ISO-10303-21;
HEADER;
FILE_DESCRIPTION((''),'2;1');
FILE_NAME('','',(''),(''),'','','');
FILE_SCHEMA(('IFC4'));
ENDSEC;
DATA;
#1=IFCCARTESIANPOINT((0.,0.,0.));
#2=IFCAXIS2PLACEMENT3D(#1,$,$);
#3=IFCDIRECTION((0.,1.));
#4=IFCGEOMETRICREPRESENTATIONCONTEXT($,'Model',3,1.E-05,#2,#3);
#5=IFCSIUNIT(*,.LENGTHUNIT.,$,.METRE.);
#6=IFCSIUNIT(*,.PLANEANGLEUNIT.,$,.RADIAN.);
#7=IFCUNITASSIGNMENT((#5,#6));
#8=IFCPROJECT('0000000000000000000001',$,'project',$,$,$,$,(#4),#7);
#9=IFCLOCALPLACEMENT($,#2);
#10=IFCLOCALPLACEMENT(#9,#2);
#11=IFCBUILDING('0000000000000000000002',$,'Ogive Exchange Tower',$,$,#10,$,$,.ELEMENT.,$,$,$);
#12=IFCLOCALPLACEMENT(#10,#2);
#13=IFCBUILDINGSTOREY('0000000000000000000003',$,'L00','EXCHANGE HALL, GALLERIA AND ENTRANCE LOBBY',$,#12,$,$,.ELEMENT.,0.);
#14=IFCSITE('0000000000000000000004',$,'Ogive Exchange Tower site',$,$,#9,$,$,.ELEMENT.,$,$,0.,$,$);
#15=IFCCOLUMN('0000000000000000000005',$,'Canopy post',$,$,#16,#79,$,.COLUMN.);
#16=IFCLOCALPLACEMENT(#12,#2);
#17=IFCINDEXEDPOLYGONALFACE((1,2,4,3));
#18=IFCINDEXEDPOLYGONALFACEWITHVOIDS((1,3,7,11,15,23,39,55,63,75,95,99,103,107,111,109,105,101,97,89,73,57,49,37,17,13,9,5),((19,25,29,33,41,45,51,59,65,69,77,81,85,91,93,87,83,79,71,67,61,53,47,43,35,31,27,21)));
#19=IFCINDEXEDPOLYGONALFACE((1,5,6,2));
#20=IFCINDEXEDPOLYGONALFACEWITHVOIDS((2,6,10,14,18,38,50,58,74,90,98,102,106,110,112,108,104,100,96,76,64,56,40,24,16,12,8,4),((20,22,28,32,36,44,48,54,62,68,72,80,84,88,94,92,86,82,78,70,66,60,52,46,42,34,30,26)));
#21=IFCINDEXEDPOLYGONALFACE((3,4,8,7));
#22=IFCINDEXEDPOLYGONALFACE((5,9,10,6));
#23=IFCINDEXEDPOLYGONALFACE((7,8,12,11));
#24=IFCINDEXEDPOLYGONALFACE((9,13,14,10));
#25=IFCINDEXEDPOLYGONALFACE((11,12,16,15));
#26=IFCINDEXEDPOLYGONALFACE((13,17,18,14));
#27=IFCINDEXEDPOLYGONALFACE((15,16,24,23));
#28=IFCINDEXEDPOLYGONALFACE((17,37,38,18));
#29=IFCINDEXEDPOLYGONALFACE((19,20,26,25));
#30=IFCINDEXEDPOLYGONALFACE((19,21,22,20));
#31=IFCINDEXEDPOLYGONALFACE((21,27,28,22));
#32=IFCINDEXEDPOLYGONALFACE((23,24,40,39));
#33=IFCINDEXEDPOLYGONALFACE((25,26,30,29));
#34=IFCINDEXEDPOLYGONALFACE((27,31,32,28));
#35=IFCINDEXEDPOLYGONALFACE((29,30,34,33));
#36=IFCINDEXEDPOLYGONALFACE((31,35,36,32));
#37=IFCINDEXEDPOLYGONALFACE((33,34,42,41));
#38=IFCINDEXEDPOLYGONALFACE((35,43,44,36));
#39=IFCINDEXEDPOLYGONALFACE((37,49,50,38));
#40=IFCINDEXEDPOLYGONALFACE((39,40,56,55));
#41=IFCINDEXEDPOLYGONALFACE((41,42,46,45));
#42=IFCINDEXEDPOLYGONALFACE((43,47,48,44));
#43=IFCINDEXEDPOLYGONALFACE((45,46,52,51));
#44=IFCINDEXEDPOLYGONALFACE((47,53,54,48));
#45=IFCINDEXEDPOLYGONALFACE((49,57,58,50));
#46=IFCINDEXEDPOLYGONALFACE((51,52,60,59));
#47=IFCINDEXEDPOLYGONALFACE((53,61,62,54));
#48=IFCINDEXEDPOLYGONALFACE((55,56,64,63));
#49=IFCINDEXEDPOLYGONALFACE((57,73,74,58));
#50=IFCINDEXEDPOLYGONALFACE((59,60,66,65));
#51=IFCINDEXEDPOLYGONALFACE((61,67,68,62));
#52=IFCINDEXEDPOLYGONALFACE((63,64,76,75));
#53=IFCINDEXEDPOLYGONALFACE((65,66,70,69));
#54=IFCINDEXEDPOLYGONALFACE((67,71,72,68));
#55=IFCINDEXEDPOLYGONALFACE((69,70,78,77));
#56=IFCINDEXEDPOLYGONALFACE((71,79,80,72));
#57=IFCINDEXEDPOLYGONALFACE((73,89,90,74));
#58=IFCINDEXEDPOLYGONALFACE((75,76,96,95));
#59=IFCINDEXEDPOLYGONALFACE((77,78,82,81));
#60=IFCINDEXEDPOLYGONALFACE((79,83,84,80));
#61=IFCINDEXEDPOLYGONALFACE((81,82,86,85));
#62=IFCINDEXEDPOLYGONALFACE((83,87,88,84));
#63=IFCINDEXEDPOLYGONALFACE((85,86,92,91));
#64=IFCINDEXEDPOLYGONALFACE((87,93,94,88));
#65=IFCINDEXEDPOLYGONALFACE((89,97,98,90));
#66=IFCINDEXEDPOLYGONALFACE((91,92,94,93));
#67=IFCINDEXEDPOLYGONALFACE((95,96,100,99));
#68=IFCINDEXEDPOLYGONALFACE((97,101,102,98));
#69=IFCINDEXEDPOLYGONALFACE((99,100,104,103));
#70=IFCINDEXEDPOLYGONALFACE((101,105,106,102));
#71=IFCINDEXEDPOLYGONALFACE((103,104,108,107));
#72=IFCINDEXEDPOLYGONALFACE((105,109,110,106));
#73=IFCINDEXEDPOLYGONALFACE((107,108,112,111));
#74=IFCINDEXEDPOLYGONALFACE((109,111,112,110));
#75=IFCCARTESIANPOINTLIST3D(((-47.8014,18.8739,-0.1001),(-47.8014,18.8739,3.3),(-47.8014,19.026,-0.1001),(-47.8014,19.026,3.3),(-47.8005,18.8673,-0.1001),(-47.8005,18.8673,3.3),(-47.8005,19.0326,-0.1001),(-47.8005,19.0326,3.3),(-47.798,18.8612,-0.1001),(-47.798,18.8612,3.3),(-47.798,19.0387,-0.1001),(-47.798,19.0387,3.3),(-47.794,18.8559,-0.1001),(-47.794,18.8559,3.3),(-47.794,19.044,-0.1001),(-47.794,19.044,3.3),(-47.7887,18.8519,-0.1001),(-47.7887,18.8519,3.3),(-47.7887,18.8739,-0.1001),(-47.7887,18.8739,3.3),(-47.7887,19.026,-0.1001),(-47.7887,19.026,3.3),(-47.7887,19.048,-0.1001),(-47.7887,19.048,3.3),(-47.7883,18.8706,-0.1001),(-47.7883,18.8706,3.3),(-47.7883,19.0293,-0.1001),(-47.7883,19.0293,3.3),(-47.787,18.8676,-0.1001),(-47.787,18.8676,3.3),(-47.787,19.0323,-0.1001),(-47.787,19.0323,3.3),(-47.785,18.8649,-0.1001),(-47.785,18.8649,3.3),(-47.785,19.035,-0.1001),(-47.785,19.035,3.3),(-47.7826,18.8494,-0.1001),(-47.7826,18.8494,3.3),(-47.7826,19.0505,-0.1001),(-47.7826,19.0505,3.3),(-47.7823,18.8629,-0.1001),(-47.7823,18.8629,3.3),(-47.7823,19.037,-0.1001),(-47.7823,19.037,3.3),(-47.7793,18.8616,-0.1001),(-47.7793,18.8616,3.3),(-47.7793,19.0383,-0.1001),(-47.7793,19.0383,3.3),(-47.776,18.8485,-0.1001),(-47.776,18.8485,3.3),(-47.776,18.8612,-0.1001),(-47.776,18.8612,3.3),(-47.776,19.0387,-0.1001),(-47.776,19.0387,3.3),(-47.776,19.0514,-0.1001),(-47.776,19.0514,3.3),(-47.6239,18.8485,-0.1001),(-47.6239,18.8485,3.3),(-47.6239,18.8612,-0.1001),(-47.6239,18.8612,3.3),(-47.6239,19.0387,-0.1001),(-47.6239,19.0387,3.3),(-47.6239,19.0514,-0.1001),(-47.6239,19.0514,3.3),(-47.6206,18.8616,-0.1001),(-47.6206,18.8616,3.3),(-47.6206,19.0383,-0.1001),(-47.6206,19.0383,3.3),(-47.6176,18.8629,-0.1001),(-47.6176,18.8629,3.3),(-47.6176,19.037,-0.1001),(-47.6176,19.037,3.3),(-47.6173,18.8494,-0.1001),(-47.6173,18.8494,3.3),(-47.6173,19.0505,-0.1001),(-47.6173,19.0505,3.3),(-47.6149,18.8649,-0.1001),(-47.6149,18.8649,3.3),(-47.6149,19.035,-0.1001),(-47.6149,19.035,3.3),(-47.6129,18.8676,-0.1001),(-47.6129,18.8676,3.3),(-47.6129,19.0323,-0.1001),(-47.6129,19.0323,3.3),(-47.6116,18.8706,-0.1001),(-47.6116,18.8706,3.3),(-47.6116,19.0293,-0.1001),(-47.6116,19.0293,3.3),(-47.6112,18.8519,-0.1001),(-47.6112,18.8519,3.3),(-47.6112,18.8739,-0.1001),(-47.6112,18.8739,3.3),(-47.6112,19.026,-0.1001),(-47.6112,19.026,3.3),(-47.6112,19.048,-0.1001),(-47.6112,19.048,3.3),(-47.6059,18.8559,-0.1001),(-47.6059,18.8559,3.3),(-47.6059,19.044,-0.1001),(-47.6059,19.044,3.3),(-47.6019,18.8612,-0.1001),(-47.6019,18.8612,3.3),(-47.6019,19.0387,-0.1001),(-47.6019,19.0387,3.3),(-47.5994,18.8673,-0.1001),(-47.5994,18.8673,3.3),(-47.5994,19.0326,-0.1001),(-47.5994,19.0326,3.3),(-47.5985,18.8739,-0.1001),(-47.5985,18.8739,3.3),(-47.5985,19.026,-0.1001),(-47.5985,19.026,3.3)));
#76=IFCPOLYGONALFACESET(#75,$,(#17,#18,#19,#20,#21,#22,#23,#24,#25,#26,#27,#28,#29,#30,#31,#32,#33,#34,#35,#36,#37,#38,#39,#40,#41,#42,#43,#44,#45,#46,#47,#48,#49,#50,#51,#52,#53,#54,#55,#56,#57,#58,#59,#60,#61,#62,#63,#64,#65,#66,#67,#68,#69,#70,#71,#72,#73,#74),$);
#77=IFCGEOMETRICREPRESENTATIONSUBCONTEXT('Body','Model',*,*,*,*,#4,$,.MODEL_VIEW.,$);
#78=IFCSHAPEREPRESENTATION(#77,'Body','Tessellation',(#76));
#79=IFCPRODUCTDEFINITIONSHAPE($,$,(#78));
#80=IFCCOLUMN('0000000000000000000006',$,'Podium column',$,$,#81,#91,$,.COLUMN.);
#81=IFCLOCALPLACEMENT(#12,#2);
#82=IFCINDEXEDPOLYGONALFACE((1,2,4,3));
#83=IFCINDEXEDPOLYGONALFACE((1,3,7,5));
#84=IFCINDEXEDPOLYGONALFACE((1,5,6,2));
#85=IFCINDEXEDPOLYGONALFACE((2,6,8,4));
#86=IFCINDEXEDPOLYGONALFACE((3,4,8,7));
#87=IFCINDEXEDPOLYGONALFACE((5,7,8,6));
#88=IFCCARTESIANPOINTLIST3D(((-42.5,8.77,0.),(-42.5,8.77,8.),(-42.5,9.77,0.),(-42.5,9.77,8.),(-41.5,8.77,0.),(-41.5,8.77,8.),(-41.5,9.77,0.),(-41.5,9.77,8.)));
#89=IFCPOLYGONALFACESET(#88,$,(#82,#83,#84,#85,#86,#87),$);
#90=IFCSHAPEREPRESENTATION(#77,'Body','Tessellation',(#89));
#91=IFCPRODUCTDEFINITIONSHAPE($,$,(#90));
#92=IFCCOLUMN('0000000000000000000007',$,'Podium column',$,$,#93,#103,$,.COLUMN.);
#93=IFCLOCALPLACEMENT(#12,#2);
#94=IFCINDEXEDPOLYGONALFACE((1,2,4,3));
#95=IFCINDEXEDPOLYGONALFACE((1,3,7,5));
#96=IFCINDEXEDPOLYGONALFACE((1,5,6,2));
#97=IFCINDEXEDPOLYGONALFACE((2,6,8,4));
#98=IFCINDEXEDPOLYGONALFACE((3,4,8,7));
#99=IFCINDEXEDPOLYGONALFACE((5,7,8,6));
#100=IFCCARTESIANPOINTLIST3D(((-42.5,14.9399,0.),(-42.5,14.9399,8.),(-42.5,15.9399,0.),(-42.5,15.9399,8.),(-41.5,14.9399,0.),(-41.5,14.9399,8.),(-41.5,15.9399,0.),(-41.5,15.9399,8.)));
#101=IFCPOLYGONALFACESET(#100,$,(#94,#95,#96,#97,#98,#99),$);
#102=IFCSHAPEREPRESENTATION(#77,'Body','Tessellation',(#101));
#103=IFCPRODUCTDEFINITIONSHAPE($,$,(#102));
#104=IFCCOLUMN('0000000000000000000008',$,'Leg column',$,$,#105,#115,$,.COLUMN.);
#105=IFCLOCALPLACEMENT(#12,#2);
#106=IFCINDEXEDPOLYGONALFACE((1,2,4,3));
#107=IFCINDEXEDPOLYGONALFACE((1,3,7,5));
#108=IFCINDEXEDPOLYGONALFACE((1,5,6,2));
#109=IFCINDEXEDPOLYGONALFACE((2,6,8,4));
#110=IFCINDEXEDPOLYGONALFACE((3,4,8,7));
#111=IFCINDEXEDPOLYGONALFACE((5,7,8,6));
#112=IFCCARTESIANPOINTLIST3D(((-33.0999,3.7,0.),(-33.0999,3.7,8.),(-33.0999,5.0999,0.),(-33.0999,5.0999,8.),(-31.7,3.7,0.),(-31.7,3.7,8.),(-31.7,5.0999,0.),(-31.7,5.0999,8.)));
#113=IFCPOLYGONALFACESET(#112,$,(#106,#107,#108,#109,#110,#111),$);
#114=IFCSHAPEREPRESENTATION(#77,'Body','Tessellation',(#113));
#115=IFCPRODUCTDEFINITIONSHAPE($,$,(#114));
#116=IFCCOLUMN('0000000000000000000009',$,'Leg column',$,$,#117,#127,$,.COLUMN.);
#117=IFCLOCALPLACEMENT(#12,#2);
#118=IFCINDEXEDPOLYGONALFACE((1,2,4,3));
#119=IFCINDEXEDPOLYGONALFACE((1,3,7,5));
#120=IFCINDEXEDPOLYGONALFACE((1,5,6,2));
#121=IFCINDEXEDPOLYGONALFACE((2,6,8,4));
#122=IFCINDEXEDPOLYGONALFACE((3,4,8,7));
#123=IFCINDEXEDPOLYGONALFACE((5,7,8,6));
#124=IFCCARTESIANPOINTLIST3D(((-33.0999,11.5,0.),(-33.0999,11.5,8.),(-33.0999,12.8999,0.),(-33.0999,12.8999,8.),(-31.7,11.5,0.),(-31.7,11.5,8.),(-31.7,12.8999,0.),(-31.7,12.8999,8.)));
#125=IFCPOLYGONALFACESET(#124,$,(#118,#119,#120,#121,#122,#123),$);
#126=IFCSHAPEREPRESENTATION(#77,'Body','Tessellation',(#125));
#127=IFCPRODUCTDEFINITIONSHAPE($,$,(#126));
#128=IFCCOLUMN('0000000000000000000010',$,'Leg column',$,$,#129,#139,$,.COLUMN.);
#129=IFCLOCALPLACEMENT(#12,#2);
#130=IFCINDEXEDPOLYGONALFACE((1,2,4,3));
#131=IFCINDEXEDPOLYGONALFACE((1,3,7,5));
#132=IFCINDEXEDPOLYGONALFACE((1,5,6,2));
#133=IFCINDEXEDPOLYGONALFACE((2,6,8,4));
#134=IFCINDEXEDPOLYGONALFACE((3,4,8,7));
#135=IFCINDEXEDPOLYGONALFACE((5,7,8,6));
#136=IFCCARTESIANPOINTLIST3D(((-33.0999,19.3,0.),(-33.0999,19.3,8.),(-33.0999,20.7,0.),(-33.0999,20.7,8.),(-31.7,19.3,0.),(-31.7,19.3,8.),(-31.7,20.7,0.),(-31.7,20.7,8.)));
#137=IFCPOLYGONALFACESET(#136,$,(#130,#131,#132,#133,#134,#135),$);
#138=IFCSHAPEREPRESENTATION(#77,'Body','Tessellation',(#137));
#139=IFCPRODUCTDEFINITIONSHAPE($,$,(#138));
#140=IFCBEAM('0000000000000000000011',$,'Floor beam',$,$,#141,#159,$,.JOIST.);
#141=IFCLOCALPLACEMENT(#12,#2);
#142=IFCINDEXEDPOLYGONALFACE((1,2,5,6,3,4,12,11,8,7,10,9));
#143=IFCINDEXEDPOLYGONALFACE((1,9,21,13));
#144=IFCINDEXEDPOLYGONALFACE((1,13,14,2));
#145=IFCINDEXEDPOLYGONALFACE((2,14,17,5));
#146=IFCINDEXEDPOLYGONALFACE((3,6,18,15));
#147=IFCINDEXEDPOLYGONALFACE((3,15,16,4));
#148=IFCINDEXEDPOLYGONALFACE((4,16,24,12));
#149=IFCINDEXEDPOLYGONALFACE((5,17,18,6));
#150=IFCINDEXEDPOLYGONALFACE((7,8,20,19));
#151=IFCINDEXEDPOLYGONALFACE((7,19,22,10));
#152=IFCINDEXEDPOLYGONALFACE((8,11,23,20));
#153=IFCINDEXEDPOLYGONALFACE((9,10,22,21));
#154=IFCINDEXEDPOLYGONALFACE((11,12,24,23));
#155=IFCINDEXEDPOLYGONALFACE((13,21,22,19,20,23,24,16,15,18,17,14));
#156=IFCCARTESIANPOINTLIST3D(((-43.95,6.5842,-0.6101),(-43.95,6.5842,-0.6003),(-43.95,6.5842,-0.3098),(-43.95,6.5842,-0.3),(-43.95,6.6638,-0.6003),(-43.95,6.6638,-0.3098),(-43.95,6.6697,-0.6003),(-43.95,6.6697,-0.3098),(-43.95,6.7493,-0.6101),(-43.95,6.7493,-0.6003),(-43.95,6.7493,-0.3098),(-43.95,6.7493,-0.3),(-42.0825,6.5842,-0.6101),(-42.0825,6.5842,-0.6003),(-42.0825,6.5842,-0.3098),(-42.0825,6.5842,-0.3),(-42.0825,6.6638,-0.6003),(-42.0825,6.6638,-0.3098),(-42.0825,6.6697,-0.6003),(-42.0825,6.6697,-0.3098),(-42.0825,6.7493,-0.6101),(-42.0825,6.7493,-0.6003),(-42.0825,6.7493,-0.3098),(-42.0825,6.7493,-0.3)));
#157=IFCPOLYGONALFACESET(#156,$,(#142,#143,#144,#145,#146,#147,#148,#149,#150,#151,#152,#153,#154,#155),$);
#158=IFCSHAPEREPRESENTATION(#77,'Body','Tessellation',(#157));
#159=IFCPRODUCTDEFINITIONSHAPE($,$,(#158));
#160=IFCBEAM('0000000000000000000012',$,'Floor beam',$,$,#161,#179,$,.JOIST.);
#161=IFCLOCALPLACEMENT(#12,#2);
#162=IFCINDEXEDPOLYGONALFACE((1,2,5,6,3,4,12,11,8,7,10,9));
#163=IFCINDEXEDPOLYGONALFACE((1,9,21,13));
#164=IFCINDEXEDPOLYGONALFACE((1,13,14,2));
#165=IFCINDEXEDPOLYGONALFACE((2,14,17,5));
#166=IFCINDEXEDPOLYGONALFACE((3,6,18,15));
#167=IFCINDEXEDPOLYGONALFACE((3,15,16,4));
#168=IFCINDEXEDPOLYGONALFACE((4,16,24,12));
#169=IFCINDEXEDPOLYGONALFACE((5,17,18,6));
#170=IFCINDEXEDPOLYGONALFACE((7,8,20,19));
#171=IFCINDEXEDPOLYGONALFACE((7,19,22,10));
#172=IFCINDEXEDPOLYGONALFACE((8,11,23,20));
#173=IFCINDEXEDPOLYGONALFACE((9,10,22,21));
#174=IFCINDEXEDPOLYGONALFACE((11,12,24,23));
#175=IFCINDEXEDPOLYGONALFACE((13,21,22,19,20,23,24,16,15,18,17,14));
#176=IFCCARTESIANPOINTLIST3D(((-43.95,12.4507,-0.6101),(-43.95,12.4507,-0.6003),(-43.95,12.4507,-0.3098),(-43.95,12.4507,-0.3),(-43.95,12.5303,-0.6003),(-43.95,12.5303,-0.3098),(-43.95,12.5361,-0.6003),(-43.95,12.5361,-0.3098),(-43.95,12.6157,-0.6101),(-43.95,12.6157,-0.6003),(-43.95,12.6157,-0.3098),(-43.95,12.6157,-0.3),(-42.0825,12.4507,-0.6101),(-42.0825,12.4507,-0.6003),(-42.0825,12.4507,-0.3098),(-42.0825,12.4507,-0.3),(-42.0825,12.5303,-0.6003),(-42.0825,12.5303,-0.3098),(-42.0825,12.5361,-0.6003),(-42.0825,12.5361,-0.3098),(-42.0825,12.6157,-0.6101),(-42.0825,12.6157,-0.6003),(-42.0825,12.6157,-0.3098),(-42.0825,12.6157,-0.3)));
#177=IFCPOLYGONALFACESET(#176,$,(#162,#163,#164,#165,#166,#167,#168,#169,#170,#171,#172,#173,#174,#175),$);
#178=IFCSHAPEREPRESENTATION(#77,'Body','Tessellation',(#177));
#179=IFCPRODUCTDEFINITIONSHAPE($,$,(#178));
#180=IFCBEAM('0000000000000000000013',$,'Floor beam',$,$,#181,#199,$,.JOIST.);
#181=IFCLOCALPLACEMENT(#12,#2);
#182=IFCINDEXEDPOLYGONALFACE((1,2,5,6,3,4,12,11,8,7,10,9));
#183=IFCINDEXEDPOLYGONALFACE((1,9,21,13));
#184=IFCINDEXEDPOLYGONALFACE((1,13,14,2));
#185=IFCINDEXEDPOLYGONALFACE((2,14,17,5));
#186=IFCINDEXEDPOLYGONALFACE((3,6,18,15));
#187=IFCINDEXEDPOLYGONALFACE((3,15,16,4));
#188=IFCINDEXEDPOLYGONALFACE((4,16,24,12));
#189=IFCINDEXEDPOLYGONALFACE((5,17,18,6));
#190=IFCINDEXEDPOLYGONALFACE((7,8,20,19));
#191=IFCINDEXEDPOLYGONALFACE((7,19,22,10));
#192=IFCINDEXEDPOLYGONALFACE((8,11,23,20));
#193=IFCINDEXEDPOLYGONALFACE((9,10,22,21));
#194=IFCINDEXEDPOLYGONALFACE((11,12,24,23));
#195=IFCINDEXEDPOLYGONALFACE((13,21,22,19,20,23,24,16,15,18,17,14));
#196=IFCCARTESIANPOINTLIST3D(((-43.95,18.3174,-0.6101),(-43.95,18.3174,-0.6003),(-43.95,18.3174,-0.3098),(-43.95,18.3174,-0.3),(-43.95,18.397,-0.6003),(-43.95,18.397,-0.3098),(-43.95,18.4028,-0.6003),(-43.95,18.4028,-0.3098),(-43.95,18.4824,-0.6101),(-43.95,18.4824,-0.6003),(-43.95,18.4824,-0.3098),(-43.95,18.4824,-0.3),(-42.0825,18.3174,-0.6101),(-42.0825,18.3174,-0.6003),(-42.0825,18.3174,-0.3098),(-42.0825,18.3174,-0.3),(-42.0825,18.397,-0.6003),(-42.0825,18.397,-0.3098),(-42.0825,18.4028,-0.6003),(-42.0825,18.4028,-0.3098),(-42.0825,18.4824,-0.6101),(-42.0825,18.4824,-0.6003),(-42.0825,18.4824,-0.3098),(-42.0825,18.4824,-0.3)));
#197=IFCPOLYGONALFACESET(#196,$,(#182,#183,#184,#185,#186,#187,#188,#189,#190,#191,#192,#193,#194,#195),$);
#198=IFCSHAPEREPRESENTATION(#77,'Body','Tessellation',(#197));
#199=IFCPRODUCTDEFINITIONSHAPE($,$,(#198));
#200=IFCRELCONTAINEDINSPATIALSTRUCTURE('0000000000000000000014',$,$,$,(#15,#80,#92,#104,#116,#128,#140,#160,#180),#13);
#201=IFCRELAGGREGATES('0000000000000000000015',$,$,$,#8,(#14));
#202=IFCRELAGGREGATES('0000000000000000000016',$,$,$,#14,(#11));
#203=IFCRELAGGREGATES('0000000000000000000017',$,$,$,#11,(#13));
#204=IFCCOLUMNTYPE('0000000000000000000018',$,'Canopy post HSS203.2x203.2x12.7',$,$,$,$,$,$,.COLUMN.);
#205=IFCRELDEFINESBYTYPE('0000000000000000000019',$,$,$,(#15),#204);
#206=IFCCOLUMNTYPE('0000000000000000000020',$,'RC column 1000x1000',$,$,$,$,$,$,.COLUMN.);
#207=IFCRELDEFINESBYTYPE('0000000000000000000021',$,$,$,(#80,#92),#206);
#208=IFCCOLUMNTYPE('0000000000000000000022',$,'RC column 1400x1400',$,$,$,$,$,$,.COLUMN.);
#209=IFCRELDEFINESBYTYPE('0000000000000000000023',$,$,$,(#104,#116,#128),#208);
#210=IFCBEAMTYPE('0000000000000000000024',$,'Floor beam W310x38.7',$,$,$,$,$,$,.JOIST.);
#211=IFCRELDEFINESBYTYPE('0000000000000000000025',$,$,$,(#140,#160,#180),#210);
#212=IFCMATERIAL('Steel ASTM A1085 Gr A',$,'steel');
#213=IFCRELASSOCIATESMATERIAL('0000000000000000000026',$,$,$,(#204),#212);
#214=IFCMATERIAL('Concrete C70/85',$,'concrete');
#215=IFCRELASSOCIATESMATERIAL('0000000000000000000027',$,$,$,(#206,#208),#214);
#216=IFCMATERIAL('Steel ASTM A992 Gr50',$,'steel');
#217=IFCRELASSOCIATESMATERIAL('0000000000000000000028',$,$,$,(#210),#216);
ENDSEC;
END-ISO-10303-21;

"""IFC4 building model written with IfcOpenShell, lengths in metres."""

from ifc_helpers import new_model, si_unit, direction, frame, origin, origin_2d, place, context, subcontext, project, spatial, rectangle, hollow_rectangle, i_section, extrude, material, material_profile, profile_set, type_object, element, save


model = new_model("IFC4")

# Units and contexts
model_context = context("Model", 3, precision=1e-05, world=origin(), true_north=direction((0.0, 1.0)))
body_context = subcontext(model_context, "Body", "Model", "MODEL_VIEW")
ifc_project = project(units=[si_unit("LENGTHUNIT", "METRE"), si_unit("PLANEANGLEUNIT", "RADIAN")], contexts=[model_context])

# Site, building, storey
site_placement = place(None, origin())
site = spatial("IfcSite", under=ifc_project, at=site_placement, Name="Ogive Exchange Tower site", CompositionType="ELEMENT", RefElevation=0.0)
building_placement = place(site_placement, origin())
building = spatial("IfcBuilding", under=site, at=building_placement, Name="Ogive Exchange Tower", CompositionType="ELEMENT")
storey_placement = place(building_placement, origin())
storey = spatial("IfcBuildingStorey", under=building, at=storey_placement, Name="L00", Description="EXCHANGE HALL, GALLERIA AND ENTRANCE LOBBY", CompositionType="ELEMENT", Elevation=0.0)

# Columns
ifc_material_1 = material(Name="Steel ASTM A1085 Gr A", Category="steel")
ifc_material_profile_1 = material_profile(ifc_material_1, hollow_rectangle(XDim=0.2029, YDim=0.2029, WallThickness=0.0127, InnerFilletRadius=0.0127, OuterFilletRadius=0.0254, at=origin_2d()), Name="HSS203.2x203.2x12.7")
ifc_profile_set_1 = profile_set([ifc_material_profile_1], Name="Steel ASTM A1085 Gr A")
column_type_1 = type_object("IfcColumnType", Name="Canopy post HSS203.2x203.2x12.7", PredefinedType="COLUMN", material=ifc_profile_set_1)
column_placement = place(storey_placement, frame((-47.7, 18.95, -0.1001), z_axis=(0.0, 0.0, 1.0), x_axis=(0.0, -1.0, 0.0)))
element("IfcColumn", 1, at=column_placement, inside=storey, type_object=column_type_1, Name="Canopy post", PredefinedType="COLUMN", context=body_context, shape_type="SweptSolid", body=[
    extrude(hollow_rectangle(XDim=0.2029, YDim=0.2029, WallThickness=0.0127, InnerFilletRadius=0.0127, OuterFilletRadius=0.0254, at=origin_2d()), origin(), (0.0, 0.0, 1.0), 3.4001),
])
ifc_material_2 = material(Name="Concrete C70/85", Category="concrete")
ifc_material_profile_2 = material_profile(ifc_material_2, rectangle(XDim=1.0, YDim=1.0, at=origin_2d()), Name="RC 1000x1000")
ifc_profile_set_2 = profile_set([ifc_material_profile_2], Name="Concrete C70/85")
column_type_2 = type_object("IfcColumnType", Name="RC column 1000x1000", PredefinedType="COLUMN", material=ifc_profile_set_2)
for number, where, z_axis, x_axis, name in (
    (2, (-42.0, 9.27, 0.0), (0.0, 0.0, 1.0), (1.0, 0.0, 0.0), "Podium column"),
    (3, (-42.0, 15.4399, 0.0), (0.0, 0.0, 1.0), (1.0, 0.0, 0.0), "Podium column"),
):
    element("IfcColumn", number, at=place(storey_placement, frame(where, z_axis=z_axis, x_axis=x_axis)), inside=storey, type_object=column_type_2, Name=name, PredefinedType="COLUMN", context=body_context, shape_type="SweptSolid", body=[
        extrude(rectangle(XDim=1.0, YDim=1.0, at=origin_2d()), origin(), (0.0, 0.0, 1.0), 8.0),
    ])
ifc_material_profile_3 = material_profile(ifc_material_2, rectangle(XDim=1.3999, YDim=1.3999, at=origin_2d()), Name="RC 1400x1400")
ifc_profile_set_3 = profile_set([ifc_material_profile_3], Name="Concrete C70/85")
column_type_3 = type_object("IfcColumnType", Name="RC column 1400x1400", PredefinedType="COLUMN", material=ifc_profile_set_3)
for number, where, z_axis, x_axis, name in (
    (4, (-32.3999, 4.3999, 0.0), (0.0, 0.0, 1.0), (1.0, 0.0, 0.0), "Leg column"),
    (5, (-32.3999, 12.2, 0.0), (0.0, 0.0, 1.0), (1.0, 0.0, 0.0), "Leg column"),
    (6, (-32.3999, 20.0, 0.0), (0.0, 0.0, 1.0), (1.0, 0.0, 0.0), "Leg column"),
):
    element("IfcColumn", number, at=place(storey_placement, frame(where, z_axis=z_axis, x_axis=x_axis)), inside=storey, type_object=column_type_3, Name=name, PredefinedType="COLUMN", context=body_context, shape_type="SweptSolid", body=[
        extrude(rectangle(XDim=1.3999, YDim=1.3999, at=origin_2d()), origin(), (0.0, 0.0, 1.0), 8.0),
    ])

# Beams
ifc_material_3 = material(Name="Steel ASTM A992 Gr50", Category="steel")
ifc_material_profile_4 = material_profile(ifc_material_3, i_section(OverallWidth=0.165, OverallDepth=0.3101, WebThickness=0.0059, FlangeThickness=0.0098, at=origin_2d()), Name="W310x38.7")
ifc_profile_set_4 = profile_set([ifc_material_profile_4], Name="Steel ASTM A992 Gr50")
beam_type_1 = type_object("IfcBeamType", Name="Floor beam W310x38.7", PredefinedType="JOIST", material=ifc_profile_set_4)
for number, where, z_axis, x_axis, name in (
    (7, (-43.95, 6.6667, -0.4551), (1.0, 0.0, 0.0), (0.0, 1.0, 0.0), "Floor beam"),
    (8, (-43.95, 12.5332, -0.4551), (1.0, 0.0, 0.0), (0.0, 1.0, 0.0), "Floor beam"),
    (9, (-43.95, 18.3999, -0.4551), (1.0, 0.0, 0.0), (0.0, 1.0, 0.0), "Floor beam"),
):
    element("IfcBeam", number, at=place(storey_placement, frame(where, z_axis=z_axis, x_axis=x_axis)), inside=storey, type_object=beam_type_1, Name=name, PredefinedType="JOIST", context=body_context, shape_type="SweptSolid", body=[
        extrude(i_section(OverallWidth=0.165, OverallDepth=0.3101, WebThickness=0.0059, FlangeThickness=0.0098, at=origin_2d()), origin(), (0.0, 0.0, 1.0), 1.8674),
    ])

save(model, "model.ifc")
